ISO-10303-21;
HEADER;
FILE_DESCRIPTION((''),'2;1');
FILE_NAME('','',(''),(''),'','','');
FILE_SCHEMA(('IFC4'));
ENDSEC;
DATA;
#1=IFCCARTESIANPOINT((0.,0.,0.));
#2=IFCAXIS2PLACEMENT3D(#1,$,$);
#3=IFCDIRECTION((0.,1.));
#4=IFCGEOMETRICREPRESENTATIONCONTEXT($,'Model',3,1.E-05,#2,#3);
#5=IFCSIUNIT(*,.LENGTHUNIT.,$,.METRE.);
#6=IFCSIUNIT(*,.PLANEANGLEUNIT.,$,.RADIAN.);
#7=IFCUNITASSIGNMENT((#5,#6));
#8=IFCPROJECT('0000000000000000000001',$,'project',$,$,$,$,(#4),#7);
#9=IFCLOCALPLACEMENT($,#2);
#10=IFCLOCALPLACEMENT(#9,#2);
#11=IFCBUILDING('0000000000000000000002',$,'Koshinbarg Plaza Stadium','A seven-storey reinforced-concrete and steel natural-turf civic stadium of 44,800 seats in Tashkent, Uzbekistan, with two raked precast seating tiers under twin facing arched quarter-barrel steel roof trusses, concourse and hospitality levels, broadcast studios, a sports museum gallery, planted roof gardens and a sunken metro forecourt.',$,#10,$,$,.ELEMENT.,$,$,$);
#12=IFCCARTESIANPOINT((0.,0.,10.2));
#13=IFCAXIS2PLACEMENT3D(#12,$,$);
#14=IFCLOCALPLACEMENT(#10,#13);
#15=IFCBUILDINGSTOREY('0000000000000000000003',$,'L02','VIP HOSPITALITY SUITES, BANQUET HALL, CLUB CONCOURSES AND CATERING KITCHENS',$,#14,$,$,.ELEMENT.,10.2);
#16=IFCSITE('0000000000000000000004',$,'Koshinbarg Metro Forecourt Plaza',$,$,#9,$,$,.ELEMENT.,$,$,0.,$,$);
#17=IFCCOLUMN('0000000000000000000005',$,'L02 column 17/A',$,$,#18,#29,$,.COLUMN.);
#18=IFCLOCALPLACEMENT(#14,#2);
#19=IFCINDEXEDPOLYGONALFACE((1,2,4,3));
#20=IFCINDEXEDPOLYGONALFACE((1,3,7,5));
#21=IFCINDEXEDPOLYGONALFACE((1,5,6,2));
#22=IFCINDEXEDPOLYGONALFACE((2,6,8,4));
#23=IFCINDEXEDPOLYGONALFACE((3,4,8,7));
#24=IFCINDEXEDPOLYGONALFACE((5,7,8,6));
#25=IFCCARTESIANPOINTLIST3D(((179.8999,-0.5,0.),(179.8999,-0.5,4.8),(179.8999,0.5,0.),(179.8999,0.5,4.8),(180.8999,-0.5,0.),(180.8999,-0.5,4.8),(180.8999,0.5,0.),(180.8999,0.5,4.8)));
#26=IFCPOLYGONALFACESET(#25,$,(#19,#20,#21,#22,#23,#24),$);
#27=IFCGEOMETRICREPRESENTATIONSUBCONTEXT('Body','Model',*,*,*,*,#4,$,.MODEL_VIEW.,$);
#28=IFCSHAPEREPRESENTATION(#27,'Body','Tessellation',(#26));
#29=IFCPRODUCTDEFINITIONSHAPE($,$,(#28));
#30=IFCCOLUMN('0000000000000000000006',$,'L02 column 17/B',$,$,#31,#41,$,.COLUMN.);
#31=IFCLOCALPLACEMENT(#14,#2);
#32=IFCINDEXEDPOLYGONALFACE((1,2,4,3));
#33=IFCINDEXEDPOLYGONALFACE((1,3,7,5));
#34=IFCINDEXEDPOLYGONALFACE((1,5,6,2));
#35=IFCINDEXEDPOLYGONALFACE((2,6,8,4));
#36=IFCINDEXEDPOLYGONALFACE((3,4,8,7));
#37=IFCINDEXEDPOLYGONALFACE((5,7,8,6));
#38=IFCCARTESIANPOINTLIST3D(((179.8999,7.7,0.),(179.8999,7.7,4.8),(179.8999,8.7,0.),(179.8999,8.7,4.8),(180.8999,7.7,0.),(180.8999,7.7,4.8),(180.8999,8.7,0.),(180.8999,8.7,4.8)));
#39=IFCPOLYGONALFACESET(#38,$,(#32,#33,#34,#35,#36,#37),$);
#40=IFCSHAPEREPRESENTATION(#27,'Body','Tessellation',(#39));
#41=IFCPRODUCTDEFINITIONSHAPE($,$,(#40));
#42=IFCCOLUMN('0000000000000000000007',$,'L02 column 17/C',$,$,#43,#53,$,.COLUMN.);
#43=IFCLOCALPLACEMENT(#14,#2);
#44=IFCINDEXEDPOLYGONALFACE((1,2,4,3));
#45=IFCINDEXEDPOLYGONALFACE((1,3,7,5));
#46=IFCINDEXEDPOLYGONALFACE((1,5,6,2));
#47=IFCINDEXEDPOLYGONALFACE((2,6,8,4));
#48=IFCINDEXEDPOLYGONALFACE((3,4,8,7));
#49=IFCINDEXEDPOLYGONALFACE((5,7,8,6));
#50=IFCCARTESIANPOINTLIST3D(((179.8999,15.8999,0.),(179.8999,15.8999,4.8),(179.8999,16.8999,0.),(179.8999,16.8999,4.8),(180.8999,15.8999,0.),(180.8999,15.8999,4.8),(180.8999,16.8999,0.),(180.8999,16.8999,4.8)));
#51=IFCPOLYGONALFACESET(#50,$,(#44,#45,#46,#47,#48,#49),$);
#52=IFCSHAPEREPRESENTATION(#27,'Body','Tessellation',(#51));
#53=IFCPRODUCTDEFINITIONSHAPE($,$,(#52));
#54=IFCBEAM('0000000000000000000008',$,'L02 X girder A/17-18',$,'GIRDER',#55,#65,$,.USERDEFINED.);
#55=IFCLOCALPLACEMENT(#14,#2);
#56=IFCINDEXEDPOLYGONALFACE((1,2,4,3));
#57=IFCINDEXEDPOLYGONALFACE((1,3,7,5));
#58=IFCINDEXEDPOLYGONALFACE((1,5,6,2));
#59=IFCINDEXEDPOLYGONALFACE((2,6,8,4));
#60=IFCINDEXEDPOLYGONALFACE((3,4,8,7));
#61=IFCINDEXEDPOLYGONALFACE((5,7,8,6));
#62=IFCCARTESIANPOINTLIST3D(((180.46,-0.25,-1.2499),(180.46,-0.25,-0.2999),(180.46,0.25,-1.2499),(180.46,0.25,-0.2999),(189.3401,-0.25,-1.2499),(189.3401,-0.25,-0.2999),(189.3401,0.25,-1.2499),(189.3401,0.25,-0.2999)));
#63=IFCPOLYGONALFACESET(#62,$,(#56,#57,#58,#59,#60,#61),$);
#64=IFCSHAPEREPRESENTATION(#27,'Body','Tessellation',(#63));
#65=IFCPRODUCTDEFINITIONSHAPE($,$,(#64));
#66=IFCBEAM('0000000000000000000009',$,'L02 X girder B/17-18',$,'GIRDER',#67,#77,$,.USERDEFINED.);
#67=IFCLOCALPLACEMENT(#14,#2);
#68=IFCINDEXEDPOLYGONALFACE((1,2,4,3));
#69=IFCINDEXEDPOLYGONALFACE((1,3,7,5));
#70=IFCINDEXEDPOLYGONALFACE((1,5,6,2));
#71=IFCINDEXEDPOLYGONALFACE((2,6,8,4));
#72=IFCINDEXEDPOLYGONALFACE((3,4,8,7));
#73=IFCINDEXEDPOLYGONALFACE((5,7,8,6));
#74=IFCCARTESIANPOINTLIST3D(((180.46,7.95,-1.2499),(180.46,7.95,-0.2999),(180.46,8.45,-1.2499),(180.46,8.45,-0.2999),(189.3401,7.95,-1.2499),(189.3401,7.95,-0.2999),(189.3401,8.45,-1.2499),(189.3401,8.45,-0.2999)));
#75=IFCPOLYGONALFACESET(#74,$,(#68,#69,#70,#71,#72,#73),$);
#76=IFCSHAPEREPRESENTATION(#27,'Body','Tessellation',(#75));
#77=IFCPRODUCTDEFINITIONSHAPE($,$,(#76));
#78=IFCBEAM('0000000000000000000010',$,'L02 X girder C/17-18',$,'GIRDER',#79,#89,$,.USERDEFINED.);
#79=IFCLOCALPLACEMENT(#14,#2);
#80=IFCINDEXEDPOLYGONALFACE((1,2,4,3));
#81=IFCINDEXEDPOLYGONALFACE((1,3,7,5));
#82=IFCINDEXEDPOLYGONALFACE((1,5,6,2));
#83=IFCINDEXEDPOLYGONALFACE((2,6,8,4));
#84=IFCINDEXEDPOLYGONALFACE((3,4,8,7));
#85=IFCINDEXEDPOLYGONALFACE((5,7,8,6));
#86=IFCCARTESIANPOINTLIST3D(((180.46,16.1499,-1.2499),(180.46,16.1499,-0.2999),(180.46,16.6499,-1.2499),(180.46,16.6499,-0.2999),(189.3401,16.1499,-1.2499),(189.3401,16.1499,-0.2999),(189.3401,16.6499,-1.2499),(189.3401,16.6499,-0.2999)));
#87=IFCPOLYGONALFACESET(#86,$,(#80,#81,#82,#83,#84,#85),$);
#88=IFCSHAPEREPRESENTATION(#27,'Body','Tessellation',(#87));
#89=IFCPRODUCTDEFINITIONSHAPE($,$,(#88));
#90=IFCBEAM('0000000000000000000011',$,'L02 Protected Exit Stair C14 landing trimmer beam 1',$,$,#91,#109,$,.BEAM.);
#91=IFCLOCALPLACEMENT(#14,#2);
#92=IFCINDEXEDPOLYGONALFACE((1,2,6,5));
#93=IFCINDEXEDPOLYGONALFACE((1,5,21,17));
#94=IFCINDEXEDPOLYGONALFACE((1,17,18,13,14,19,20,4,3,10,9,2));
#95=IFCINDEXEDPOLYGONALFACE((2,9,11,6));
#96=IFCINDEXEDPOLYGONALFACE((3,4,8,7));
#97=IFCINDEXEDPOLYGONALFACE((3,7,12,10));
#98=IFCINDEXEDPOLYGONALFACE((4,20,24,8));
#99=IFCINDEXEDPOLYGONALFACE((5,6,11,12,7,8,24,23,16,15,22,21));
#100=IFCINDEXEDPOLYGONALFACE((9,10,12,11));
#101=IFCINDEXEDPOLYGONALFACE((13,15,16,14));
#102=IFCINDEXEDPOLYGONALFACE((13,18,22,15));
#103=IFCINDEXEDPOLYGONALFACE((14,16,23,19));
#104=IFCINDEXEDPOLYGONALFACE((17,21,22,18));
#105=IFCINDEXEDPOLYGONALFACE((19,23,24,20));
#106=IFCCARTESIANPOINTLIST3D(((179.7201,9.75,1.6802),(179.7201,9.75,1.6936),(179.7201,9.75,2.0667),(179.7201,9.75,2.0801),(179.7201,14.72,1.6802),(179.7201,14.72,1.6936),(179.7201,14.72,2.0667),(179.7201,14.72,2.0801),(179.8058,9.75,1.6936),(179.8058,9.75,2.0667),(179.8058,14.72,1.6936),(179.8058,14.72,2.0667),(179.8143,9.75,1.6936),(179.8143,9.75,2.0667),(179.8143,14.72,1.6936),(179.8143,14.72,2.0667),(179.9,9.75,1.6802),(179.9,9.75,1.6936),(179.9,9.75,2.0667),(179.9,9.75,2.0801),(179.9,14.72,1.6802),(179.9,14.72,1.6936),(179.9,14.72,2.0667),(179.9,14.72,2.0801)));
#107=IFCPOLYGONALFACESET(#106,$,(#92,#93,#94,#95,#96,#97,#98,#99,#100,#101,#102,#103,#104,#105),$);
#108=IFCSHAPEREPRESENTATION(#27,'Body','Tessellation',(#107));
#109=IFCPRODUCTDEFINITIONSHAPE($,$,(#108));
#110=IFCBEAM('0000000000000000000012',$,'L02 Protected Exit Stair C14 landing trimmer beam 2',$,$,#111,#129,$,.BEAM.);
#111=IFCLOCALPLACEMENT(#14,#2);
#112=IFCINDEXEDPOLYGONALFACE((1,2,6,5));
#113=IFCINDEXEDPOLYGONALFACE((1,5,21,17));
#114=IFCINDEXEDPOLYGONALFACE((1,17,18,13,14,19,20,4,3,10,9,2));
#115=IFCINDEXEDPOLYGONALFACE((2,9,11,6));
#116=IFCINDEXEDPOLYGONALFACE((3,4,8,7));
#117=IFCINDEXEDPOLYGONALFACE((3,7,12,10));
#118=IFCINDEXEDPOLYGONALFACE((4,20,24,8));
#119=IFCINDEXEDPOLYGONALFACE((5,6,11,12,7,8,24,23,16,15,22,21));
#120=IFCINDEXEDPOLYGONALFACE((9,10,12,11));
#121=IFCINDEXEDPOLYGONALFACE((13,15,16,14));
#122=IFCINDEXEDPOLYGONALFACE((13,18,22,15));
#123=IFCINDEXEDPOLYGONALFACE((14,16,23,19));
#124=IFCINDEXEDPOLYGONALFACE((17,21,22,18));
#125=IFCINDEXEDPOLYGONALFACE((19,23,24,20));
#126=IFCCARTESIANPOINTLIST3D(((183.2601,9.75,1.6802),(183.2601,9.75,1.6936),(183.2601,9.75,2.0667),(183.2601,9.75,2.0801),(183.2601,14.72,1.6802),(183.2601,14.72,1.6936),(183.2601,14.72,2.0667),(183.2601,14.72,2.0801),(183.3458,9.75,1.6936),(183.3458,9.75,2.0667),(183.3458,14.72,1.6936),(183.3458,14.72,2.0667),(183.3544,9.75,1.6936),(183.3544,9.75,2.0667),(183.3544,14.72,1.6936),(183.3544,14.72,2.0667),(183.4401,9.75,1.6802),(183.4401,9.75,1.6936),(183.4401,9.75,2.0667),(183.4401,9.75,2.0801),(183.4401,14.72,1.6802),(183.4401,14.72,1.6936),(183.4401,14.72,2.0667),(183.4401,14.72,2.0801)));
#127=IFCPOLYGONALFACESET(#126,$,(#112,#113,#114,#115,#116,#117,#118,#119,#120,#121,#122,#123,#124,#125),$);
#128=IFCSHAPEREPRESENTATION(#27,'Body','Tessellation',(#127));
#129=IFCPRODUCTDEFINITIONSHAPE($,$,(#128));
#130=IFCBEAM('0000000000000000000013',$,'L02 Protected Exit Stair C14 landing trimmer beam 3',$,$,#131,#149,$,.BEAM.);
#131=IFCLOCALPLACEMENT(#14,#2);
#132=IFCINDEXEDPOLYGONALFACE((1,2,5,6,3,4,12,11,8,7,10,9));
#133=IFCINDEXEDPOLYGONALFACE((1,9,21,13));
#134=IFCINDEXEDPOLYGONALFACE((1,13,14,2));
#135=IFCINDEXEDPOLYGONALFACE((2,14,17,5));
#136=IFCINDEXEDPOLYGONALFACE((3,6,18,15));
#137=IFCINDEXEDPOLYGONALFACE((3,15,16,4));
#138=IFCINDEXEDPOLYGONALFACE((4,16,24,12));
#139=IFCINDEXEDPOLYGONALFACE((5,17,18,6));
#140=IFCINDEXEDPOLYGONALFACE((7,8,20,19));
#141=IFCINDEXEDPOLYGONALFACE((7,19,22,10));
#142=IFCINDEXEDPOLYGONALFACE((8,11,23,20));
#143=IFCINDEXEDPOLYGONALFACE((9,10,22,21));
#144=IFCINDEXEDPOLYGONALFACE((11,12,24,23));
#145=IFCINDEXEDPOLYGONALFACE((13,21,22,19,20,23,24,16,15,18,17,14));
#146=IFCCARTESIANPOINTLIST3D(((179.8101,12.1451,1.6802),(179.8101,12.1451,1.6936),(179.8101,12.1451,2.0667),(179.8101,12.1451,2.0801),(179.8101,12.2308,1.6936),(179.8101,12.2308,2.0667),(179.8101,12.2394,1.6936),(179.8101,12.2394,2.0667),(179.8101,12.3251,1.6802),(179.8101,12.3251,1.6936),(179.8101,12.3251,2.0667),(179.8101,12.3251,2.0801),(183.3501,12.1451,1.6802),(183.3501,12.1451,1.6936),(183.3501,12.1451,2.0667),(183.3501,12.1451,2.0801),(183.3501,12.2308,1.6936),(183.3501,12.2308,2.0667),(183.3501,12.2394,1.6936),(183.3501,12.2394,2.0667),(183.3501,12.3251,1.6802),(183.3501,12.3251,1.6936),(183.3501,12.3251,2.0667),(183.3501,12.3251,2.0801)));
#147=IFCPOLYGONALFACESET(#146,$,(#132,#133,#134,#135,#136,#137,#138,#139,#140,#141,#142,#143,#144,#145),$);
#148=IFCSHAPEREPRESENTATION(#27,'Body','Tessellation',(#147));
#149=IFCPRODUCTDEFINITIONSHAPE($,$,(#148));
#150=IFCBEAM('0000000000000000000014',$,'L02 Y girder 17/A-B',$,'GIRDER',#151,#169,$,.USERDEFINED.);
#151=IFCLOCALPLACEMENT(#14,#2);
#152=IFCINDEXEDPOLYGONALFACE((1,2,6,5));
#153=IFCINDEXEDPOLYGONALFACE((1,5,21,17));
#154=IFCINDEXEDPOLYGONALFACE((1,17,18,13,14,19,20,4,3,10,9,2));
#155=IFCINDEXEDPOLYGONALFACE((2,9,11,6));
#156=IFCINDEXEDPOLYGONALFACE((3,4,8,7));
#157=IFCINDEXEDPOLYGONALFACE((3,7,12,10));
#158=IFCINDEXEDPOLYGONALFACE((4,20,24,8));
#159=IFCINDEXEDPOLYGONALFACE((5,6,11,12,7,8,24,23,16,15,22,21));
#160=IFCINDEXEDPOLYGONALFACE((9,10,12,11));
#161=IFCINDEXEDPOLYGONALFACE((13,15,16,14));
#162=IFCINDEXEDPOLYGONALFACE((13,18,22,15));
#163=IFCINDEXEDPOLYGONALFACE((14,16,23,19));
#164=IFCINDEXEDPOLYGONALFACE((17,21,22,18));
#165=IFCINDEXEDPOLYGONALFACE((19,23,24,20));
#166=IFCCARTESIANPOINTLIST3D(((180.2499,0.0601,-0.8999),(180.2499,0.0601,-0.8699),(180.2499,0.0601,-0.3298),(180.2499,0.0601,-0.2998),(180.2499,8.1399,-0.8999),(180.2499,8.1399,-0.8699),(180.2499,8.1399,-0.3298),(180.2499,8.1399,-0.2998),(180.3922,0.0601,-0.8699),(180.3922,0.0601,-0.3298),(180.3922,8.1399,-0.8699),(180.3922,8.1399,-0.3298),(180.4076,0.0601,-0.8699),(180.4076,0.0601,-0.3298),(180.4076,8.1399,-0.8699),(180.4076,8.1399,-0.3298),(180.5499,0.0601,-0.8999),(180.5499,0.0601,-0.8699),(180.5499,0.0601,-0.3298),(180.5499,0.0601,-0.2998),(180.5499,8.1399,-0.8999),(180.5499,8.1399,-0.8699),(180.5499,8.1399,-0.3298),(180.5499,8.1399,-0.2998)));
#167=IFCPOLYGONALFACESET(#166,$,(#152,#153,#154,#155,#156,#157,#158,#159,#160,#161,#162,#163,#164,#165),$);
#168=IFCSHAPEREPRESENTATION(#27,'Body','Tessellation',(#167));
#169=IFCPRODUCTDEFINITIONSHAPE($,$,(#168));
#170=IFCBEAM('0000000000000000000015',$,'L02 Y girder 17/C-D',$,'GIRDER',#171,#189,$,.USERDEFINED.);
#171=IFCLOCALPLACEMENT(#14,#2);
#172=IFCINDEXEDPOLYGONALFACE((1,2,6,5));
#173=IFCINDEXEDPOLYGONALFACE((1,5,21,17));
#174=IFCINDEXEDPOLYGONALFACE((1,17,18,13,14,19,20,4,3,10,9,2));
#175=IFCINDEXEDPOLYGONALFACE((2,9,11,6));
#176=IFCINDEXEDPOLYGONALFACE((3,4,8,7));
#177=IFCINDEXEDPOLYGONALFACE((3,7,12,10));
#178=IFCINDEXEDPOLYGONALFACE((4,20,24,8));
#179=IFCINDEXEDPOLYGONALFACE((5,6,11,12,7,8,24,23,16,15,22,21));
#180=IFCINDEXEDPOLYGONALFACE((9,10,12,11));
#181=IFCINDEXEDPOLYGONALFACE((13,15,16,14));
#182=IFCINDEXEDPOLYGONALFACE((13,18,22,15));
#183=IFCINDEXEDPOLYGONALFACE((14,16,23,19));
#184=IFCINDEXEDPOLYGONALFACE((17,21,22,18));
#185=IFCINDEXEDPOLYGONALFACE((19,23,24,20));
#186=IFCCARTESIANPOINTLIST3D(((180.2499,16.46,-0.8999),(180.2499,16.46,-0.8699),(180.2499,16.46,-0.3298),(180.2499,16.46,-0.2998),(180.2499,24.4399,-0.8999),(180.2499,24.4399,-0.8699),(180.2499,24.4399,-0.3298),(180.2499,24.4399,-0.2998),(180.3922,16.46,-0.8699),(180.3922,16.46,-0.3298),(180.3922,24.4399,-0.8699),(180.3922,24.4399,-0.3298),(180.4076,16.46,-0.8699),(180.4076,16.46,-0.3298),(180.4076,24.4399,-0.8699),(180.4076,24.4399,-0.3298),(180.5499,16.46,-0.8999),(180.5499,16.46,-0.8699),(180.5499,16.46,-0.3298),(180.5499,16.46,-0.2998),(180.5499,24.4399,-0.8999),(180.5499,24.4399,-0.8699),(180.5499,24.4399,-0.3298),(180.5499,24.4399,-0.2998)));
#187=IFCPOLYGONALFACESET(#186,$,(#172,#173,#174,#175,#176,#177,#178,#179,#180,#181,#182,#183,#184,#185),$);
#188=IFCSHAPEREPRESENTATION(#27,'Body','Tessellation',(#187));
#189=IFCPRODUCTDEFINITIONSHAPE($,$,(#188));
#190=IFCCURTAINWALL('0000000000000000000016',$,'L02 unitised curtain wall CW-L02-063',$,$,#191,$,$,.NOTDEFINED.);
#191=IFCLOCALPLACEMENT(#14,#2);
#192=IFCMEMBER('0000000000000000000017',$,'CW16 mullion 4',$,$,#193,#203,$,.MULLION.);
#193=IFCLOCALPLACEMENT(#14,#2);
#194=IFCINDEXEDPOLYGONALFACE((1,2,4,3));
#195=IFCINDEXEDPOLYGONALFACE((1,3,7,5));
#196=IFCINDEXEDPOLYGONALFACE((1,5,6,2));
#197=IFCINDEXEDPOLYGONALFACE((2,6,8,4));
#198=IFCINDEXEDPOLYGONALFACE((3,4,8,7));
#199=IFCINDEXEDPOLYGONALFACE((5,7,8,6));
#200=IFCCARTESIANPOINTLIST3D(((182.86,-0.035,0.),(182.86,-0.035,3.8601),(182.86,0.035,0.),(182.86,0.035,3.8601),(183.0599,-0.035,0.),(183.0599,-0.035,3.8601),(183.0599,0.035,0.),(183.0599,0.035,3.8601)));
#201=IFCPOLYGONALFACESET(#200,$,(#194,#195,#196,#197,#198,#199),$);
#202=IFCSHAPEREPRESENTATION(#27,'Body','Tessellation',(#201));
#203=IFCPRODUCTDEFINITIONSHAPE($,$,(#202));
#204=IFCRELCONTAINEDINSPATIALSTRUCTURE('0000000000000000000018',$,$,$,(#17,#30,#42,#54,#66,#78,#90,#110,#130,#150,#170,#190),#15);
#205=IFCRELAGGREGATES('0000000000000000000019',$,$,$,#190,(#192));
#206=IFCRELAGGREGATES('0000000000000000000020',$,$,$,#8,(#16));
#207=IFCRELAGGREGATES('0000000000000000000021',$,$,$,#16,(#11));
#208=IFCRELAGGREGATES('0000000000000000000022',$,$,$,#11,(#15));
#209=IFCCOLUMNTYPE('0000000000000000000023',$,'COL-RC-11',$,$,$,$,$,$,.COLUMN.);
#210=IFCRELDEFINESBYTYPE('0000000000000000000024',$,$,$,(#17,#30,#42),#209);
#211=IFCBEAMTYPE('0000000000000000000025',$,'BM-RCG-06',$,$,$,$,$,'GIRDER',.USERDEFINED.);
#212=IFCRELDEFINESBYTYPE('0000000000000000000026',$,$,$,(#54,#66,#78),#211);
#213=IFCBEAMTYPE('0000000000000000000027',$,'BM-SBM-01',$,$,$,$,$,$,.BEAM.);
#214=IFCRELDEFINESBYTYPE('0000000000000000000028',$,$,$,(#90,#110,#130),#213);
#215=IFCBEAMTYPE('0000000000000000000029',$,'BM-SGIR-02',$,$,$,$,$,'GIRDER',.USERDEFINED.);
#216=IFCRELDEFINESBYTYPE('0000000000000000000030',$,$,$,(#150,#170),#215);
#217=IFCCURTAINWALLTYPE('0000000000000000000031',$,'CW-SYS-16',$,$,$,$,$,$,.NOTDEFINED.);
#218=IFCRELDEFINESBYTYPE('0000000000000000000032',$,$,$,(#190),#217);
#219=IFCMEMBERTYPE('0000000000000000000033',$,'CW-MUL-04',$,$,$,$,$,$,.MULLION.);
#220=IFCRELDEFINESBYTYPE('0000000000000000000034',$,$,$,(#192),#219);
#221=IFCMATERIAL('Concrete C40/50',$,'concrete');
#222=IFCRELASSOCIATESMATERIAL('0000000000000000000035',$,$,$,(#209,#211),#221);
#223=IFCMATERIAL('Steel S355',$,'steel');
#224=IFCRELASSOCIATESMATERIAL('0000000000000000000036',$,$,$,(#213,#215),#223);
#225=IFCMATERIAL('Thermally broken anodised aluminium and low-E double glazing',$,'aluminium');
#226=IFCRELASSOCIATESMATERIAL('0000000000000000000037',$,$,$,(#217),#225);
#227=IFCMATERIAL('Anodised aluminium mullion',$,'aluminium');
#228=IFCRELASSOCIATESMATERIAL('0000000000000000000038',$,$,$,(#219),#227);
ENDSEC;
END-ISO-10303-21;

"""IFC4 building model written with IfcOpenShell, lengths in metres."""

from ifc_helpers import new_model, si_unit, direction, frame, origin, origin_2d, place, context, subcontext, project, spatial, rectangle, i_section, extrude, material, material_profile, profile_set, type_object, element, aggregate, save


model = new_model("IFC4")

# Units and contexts
model_context = context("Model", 3, precision=1e-05, world=origin(), true_north=direction((0.0, 1.0)))
body_context = subcontext(model_context, "Body", "Model", "MODEL_VIEW")
ifc_project = project(units=[si_unit("LENGTHUNIT", "METRE"), si_unit("PLANEANGLEUNIT", "RADIAN")], contexts=[model_context])

# Site, building, storey
site_placement = place(None, origin())
site = spatial("IfcSite", under=ifc_project, at=site_placement, Name="Koshinbarg Metro Forecourt Plaza", CompositionType="ELEMENT", RefElevation=0.0)
building_placement = place(site_placement, origin())
building = spatial("IfcBuilding", under=site, at=building_placement, Name="Koshinbarg Plaza Stadium", Description="A seven-storey reinforced-concrete and steel natural-turf civic stadium of 44,800 seats in Tashkent, Uzbekistan, with two raked precast seating tiers under twin facing arched quarter-barrel steel roof trusses, concourse and hospitality levels, broadcast studios, a sports museum gallery, planted roof gardens and a sunken metro forecourt.", CompositionType="ELEMENT")
storey_placement = place(building_placement, frame((0.0, 0.0, 10.2)))
storey = spatial("IfcBuildingStorey", under=building, at=storey_placement, Name="L02", Description="VIP HOSPITALITY SUITES, BANQUET HALL, CLUB CONCOURSES AND CATERING KITCHENS", CompositionType="ELEMENT", Elevation=10.2)

# Columns
ifc_material_1 = material(Name="Concrete C40/50", Category="concrete")
ifc_material_profile_1 = material_profile(ifc_material_1, rectangle(XDim=1.0, YDim=1.0, at=origin_2d()), Name="RC 1000x1000")
ifc_profile_set_1 = profile_set([ifc_material_profile_1], Name="Concrete C40/50")
column_type = type_object("IfcColumnType", Name="COL-RC-11", PredefinedType="COLUMN", material=ifc_profile_set_1)
for number, where, z_axis, x_axis, name in (
    (1, (180.3999, 0.0, 0.0), (0.0, 0.0, 1.0), (1.0, 0.0, 0.0), "L02 column 17/A"),
    (2, (180.3999, 8.2, 0.0), (0.0, 0.0, 1.0), (1.0, 0.0, 0.0), "L02 column 17/B"),
    (3, (180.3999, 16.3999, 0.0), (0.0, 0.0, 1.0), (1.0, 0.0, 0.0), "L02 column 17/C"),
):
    element("IfcColumn", number, at=place(storey_placement, frame(where, z_axis=z_axis, x_axis=x_axis)), inside=storey, type_object=column_type, Name=name, PredefinedType="COLUMN", context=body_context, shape_type="SweptSolid", body=[
        extrude(rectangle(XDim=1.0, YDim=1.0, at=origin_2d()), origin(), (0.0, 0.0, 1.0), 4.8),
    ])

# Beams
ifc_material_profile_2 = material_profile(ifc_material_1, rectangle(XDim=0.5, YDim=0.95, at=origin_2d()), Name="RC 500x950")
ifc_profile_set_2 = profile_set([ifc_material_profile_2], Name="Concrete C40/50")
beam_type_1 = type_object("IfcBeamType", Name="BM-RCG-06", ElementType="GIRDER", PredefinedType="USERDEFINED", material=ifc_profile_set_2)
for number, where, z_axis, x_axis, name in (
    (4, (180.46, 0.0, -0.7749), (1.0, 0.0, 0.0), (0.0, 1.0, 0.0), "L02 X girder A/17-18"),
    (5, (180.46, 8.2, -0.7749), (1.0, 0.0, 0.0), (0.0, 1.0, 0.0), "L02 X girder B/17-18"),
    (6, (180.46, 16.3999, -0.7749), (1.0, 0.0, 0.0), (0.0, 1.0, 0.0), "L02 X girder C/17-18"),
):
    element("IfcBeam", number, at=place(storey_placement, frame(where, z_axis=z_axis, x_axis=x_axis)), inside=storey, type_object=beam_type_1, Name=name, ObjectType="GIRDER", PredefinedType="USERDEFINED", context=body_context, shape_type="SweptSolid", body=[
        extrude(rectangle(XDim=0.5, YDim=0.95, at=origin_2d()), origin(), (0.0, 0.0, 1.0), 8.8801),
    ])
ifc_material_2 = material(Name="Steel S355", Category="steel")
ifc_material_profile_3 = material_profile(ifc_material_2, i_section(OverallWidth=0.1799, OverallDepth=0.3999, WebThickness=0.0085, FlangeThickness=0.0134, at=origin_2d()), Name="IPE 400")
ifc_profile_set_3 = profile_set([ifc_material_profile_3], Name="Steel S355")
beam_type_2 = type_object("IfcBeamType", Name="BM-SBM-01", PredefinedType="BEAM", material=ifc_profile_set_3)
for number, where, z_axis, x_axis, name in (
    (7, (179.8101, 9.75, 1.8801), (0.0, 1.0, 0.0), (-1.0, 0.0, 0.0), "L02 Protected Exit Stair C14 landing trimmer beam 1"),
    (8, (183.3501, 9.75, 1.8801), (0.0, 1.0, 0.0), (-1.0, 0.0, 0.0), "L02 Protected Exit Stair C14 landing trimmer beam 2"),
):
    element("IfcBeam", number, at=place(storey_placement, frame(where, z_axis=z_axis, x_axis=x_axis)), inside=storey, type_object=beam_type_2, Name=name, PredefinedType="BEAM", context=body_context, shape_type="SweptSolid", body=[
        extrude(i_section(OverallWidth=0.1799, OverallDepth=0.3999, WebThickness=0.0085, FlangeThickness=0.0134, at=origin_2d()), origin(), (0.0, 0.0, 1.0), 4.97),
    ])
beam_1_placement = place(storey_placement, frame((179.8101, 12.2351, 1.8801), z_axis=(1.0, 0.0, 0.0), x_axis=(0.0, 1.0, 0.0)))
element("IfcBeam", 9, at=beam_1_placement, inside=storey, type_object=beam_type_2, Name="L02 Protected Exit Stair C14 landing trimmer beam 3", PredefinedType="BEAM", context=body_context, shape_type="SweptSolid", body=[
    extrude(i_section(OverallWidth=0.1799, OverallDepth=0.3999, WebThickness=0.0085, FlangeThickness=0.0134, at=origin_2d()), origin(), (0.0, 0.0, 1.0), 3.54),
])
ifc_material_profile_4 = material_profile(ifc_material_2, i_section(OverallWidth=0.3, OverallDepth=0.6001, WebThickness=0.0154, FlangeThickness=0.03, at=origin_2d()), Name="HEB 600")
ifc_profile_set_4 = profile_set([ifc_material_profile_4], Name="Steel S355")
beam_type_3 = type_object("IfcBeamType", Name="BM-SGIR-02", ElementType="GIRDER", PredefinedType="USERDEFINED", material=ifc_profile_set_4)
beam_2_placement = place(storey_placement, frame((180.3999, 0.0601, -0.5999), z_axis=(0.0, 1.0, 0.0), x_axis=(-1.0, 0.0, 0.0)))
element("IfcBeam", 10, at=beam_2_placement, inside=storey, type_object=beam_type_3, Name="L02 Y girder 17/A-B", ObjectType="GIRDER", PredefinedType="USERDEFINED", context=body_context, shape_type="SweptSolid", body=[
    extrude(i_section(OverallWidth=0.3, OverallDepth=0.6001, WebThickness=0.0154, FlangeThickness=0.03, at=origin_2d()), origin(), (0.0, 0.0, 1.0), 8.0798),
])
beam_3_placement = place(storey_placement, frame((180.3999, 16.46, -0.5999), z_axis=(0.0, 1.0, 0.0), x_axis=(-1.0, 0.0, 0.0)))
element("IfcBeam", 11, at=beam_3_placement, inside=storey, type_object=beam_type_3, Name="L02 Y girder 17/C-D", ObjectType="GIRDER", PredefinedType="USERDEFINED", context=body_context, shape_type="SweptSolid", body=[
    extrude(i_section(OverallWidth=0.3, OverallDepth=0.6001, WebThickness=0.0154, FlangeThickness=0.03, at=origin_2d()), origin(), (0.0, 0.0, 1.0), 7.98),
])

# Curtain wall, member
ifc_material_3 = material(Name="Thermally broken anodised aluminium and low-E double glazing", Category="aluminium")
curtain_wall_type = type_object("IfcCurtainWallType", Name="CW-SYS-16", PredefinedType="NOTDEFINED", material=ifc_material_3)
curtain_wall_placement = place(storey_placement, origin())
curtain_wall = element("IfcCurtainWall", 12, at=curtain_wall_placement, inside=storey, type_object=curtain_wall_type, Name="L02 unitised curtain wall CW-L02-063", PredefinedType="NOTDEFINED")
ifc_material_4 = material(Name="Anodised aluminium mullion", Category="aluminium")
ifc_material_profile_5 = material_profile(ifc_material_4, rectangle(XDim=0.0701, YDim=0.2, at=origin_2d()), Name="ALU 70x200")
ifc_profile_set_5 = profile_set([ifc_material_profile_5], Name="Anodised aluminium mullion")
member_type_1 = type_object("IfcMemberType", Name="CW-MUL-04", PredefinedType="MULLION", material=ifc_profile_set_5)
member_1_placement = place(storey_placement, frame((182.96, 0.0, 0.0), z_axis=(0.0, 0.0, 1.0), x_axis=(0.0, -1.0, 0.0)))
member_1 = element("IfcMember", 13, at=member_1_placement, type_object=member_type_1, Name="CW16 mullion 4", PredefinedType="MULLION", context=body_context, shape_type="SweptSolid", body=[
    extrude(rectangle(XDim=0.0701, YDim=0.2, at=origin_2d()), origin(), (0.0, 0.0, 1.0), 3.8601),
])
aggregate(curtain_wall, [member_1])

save(model, "model.ifc")
